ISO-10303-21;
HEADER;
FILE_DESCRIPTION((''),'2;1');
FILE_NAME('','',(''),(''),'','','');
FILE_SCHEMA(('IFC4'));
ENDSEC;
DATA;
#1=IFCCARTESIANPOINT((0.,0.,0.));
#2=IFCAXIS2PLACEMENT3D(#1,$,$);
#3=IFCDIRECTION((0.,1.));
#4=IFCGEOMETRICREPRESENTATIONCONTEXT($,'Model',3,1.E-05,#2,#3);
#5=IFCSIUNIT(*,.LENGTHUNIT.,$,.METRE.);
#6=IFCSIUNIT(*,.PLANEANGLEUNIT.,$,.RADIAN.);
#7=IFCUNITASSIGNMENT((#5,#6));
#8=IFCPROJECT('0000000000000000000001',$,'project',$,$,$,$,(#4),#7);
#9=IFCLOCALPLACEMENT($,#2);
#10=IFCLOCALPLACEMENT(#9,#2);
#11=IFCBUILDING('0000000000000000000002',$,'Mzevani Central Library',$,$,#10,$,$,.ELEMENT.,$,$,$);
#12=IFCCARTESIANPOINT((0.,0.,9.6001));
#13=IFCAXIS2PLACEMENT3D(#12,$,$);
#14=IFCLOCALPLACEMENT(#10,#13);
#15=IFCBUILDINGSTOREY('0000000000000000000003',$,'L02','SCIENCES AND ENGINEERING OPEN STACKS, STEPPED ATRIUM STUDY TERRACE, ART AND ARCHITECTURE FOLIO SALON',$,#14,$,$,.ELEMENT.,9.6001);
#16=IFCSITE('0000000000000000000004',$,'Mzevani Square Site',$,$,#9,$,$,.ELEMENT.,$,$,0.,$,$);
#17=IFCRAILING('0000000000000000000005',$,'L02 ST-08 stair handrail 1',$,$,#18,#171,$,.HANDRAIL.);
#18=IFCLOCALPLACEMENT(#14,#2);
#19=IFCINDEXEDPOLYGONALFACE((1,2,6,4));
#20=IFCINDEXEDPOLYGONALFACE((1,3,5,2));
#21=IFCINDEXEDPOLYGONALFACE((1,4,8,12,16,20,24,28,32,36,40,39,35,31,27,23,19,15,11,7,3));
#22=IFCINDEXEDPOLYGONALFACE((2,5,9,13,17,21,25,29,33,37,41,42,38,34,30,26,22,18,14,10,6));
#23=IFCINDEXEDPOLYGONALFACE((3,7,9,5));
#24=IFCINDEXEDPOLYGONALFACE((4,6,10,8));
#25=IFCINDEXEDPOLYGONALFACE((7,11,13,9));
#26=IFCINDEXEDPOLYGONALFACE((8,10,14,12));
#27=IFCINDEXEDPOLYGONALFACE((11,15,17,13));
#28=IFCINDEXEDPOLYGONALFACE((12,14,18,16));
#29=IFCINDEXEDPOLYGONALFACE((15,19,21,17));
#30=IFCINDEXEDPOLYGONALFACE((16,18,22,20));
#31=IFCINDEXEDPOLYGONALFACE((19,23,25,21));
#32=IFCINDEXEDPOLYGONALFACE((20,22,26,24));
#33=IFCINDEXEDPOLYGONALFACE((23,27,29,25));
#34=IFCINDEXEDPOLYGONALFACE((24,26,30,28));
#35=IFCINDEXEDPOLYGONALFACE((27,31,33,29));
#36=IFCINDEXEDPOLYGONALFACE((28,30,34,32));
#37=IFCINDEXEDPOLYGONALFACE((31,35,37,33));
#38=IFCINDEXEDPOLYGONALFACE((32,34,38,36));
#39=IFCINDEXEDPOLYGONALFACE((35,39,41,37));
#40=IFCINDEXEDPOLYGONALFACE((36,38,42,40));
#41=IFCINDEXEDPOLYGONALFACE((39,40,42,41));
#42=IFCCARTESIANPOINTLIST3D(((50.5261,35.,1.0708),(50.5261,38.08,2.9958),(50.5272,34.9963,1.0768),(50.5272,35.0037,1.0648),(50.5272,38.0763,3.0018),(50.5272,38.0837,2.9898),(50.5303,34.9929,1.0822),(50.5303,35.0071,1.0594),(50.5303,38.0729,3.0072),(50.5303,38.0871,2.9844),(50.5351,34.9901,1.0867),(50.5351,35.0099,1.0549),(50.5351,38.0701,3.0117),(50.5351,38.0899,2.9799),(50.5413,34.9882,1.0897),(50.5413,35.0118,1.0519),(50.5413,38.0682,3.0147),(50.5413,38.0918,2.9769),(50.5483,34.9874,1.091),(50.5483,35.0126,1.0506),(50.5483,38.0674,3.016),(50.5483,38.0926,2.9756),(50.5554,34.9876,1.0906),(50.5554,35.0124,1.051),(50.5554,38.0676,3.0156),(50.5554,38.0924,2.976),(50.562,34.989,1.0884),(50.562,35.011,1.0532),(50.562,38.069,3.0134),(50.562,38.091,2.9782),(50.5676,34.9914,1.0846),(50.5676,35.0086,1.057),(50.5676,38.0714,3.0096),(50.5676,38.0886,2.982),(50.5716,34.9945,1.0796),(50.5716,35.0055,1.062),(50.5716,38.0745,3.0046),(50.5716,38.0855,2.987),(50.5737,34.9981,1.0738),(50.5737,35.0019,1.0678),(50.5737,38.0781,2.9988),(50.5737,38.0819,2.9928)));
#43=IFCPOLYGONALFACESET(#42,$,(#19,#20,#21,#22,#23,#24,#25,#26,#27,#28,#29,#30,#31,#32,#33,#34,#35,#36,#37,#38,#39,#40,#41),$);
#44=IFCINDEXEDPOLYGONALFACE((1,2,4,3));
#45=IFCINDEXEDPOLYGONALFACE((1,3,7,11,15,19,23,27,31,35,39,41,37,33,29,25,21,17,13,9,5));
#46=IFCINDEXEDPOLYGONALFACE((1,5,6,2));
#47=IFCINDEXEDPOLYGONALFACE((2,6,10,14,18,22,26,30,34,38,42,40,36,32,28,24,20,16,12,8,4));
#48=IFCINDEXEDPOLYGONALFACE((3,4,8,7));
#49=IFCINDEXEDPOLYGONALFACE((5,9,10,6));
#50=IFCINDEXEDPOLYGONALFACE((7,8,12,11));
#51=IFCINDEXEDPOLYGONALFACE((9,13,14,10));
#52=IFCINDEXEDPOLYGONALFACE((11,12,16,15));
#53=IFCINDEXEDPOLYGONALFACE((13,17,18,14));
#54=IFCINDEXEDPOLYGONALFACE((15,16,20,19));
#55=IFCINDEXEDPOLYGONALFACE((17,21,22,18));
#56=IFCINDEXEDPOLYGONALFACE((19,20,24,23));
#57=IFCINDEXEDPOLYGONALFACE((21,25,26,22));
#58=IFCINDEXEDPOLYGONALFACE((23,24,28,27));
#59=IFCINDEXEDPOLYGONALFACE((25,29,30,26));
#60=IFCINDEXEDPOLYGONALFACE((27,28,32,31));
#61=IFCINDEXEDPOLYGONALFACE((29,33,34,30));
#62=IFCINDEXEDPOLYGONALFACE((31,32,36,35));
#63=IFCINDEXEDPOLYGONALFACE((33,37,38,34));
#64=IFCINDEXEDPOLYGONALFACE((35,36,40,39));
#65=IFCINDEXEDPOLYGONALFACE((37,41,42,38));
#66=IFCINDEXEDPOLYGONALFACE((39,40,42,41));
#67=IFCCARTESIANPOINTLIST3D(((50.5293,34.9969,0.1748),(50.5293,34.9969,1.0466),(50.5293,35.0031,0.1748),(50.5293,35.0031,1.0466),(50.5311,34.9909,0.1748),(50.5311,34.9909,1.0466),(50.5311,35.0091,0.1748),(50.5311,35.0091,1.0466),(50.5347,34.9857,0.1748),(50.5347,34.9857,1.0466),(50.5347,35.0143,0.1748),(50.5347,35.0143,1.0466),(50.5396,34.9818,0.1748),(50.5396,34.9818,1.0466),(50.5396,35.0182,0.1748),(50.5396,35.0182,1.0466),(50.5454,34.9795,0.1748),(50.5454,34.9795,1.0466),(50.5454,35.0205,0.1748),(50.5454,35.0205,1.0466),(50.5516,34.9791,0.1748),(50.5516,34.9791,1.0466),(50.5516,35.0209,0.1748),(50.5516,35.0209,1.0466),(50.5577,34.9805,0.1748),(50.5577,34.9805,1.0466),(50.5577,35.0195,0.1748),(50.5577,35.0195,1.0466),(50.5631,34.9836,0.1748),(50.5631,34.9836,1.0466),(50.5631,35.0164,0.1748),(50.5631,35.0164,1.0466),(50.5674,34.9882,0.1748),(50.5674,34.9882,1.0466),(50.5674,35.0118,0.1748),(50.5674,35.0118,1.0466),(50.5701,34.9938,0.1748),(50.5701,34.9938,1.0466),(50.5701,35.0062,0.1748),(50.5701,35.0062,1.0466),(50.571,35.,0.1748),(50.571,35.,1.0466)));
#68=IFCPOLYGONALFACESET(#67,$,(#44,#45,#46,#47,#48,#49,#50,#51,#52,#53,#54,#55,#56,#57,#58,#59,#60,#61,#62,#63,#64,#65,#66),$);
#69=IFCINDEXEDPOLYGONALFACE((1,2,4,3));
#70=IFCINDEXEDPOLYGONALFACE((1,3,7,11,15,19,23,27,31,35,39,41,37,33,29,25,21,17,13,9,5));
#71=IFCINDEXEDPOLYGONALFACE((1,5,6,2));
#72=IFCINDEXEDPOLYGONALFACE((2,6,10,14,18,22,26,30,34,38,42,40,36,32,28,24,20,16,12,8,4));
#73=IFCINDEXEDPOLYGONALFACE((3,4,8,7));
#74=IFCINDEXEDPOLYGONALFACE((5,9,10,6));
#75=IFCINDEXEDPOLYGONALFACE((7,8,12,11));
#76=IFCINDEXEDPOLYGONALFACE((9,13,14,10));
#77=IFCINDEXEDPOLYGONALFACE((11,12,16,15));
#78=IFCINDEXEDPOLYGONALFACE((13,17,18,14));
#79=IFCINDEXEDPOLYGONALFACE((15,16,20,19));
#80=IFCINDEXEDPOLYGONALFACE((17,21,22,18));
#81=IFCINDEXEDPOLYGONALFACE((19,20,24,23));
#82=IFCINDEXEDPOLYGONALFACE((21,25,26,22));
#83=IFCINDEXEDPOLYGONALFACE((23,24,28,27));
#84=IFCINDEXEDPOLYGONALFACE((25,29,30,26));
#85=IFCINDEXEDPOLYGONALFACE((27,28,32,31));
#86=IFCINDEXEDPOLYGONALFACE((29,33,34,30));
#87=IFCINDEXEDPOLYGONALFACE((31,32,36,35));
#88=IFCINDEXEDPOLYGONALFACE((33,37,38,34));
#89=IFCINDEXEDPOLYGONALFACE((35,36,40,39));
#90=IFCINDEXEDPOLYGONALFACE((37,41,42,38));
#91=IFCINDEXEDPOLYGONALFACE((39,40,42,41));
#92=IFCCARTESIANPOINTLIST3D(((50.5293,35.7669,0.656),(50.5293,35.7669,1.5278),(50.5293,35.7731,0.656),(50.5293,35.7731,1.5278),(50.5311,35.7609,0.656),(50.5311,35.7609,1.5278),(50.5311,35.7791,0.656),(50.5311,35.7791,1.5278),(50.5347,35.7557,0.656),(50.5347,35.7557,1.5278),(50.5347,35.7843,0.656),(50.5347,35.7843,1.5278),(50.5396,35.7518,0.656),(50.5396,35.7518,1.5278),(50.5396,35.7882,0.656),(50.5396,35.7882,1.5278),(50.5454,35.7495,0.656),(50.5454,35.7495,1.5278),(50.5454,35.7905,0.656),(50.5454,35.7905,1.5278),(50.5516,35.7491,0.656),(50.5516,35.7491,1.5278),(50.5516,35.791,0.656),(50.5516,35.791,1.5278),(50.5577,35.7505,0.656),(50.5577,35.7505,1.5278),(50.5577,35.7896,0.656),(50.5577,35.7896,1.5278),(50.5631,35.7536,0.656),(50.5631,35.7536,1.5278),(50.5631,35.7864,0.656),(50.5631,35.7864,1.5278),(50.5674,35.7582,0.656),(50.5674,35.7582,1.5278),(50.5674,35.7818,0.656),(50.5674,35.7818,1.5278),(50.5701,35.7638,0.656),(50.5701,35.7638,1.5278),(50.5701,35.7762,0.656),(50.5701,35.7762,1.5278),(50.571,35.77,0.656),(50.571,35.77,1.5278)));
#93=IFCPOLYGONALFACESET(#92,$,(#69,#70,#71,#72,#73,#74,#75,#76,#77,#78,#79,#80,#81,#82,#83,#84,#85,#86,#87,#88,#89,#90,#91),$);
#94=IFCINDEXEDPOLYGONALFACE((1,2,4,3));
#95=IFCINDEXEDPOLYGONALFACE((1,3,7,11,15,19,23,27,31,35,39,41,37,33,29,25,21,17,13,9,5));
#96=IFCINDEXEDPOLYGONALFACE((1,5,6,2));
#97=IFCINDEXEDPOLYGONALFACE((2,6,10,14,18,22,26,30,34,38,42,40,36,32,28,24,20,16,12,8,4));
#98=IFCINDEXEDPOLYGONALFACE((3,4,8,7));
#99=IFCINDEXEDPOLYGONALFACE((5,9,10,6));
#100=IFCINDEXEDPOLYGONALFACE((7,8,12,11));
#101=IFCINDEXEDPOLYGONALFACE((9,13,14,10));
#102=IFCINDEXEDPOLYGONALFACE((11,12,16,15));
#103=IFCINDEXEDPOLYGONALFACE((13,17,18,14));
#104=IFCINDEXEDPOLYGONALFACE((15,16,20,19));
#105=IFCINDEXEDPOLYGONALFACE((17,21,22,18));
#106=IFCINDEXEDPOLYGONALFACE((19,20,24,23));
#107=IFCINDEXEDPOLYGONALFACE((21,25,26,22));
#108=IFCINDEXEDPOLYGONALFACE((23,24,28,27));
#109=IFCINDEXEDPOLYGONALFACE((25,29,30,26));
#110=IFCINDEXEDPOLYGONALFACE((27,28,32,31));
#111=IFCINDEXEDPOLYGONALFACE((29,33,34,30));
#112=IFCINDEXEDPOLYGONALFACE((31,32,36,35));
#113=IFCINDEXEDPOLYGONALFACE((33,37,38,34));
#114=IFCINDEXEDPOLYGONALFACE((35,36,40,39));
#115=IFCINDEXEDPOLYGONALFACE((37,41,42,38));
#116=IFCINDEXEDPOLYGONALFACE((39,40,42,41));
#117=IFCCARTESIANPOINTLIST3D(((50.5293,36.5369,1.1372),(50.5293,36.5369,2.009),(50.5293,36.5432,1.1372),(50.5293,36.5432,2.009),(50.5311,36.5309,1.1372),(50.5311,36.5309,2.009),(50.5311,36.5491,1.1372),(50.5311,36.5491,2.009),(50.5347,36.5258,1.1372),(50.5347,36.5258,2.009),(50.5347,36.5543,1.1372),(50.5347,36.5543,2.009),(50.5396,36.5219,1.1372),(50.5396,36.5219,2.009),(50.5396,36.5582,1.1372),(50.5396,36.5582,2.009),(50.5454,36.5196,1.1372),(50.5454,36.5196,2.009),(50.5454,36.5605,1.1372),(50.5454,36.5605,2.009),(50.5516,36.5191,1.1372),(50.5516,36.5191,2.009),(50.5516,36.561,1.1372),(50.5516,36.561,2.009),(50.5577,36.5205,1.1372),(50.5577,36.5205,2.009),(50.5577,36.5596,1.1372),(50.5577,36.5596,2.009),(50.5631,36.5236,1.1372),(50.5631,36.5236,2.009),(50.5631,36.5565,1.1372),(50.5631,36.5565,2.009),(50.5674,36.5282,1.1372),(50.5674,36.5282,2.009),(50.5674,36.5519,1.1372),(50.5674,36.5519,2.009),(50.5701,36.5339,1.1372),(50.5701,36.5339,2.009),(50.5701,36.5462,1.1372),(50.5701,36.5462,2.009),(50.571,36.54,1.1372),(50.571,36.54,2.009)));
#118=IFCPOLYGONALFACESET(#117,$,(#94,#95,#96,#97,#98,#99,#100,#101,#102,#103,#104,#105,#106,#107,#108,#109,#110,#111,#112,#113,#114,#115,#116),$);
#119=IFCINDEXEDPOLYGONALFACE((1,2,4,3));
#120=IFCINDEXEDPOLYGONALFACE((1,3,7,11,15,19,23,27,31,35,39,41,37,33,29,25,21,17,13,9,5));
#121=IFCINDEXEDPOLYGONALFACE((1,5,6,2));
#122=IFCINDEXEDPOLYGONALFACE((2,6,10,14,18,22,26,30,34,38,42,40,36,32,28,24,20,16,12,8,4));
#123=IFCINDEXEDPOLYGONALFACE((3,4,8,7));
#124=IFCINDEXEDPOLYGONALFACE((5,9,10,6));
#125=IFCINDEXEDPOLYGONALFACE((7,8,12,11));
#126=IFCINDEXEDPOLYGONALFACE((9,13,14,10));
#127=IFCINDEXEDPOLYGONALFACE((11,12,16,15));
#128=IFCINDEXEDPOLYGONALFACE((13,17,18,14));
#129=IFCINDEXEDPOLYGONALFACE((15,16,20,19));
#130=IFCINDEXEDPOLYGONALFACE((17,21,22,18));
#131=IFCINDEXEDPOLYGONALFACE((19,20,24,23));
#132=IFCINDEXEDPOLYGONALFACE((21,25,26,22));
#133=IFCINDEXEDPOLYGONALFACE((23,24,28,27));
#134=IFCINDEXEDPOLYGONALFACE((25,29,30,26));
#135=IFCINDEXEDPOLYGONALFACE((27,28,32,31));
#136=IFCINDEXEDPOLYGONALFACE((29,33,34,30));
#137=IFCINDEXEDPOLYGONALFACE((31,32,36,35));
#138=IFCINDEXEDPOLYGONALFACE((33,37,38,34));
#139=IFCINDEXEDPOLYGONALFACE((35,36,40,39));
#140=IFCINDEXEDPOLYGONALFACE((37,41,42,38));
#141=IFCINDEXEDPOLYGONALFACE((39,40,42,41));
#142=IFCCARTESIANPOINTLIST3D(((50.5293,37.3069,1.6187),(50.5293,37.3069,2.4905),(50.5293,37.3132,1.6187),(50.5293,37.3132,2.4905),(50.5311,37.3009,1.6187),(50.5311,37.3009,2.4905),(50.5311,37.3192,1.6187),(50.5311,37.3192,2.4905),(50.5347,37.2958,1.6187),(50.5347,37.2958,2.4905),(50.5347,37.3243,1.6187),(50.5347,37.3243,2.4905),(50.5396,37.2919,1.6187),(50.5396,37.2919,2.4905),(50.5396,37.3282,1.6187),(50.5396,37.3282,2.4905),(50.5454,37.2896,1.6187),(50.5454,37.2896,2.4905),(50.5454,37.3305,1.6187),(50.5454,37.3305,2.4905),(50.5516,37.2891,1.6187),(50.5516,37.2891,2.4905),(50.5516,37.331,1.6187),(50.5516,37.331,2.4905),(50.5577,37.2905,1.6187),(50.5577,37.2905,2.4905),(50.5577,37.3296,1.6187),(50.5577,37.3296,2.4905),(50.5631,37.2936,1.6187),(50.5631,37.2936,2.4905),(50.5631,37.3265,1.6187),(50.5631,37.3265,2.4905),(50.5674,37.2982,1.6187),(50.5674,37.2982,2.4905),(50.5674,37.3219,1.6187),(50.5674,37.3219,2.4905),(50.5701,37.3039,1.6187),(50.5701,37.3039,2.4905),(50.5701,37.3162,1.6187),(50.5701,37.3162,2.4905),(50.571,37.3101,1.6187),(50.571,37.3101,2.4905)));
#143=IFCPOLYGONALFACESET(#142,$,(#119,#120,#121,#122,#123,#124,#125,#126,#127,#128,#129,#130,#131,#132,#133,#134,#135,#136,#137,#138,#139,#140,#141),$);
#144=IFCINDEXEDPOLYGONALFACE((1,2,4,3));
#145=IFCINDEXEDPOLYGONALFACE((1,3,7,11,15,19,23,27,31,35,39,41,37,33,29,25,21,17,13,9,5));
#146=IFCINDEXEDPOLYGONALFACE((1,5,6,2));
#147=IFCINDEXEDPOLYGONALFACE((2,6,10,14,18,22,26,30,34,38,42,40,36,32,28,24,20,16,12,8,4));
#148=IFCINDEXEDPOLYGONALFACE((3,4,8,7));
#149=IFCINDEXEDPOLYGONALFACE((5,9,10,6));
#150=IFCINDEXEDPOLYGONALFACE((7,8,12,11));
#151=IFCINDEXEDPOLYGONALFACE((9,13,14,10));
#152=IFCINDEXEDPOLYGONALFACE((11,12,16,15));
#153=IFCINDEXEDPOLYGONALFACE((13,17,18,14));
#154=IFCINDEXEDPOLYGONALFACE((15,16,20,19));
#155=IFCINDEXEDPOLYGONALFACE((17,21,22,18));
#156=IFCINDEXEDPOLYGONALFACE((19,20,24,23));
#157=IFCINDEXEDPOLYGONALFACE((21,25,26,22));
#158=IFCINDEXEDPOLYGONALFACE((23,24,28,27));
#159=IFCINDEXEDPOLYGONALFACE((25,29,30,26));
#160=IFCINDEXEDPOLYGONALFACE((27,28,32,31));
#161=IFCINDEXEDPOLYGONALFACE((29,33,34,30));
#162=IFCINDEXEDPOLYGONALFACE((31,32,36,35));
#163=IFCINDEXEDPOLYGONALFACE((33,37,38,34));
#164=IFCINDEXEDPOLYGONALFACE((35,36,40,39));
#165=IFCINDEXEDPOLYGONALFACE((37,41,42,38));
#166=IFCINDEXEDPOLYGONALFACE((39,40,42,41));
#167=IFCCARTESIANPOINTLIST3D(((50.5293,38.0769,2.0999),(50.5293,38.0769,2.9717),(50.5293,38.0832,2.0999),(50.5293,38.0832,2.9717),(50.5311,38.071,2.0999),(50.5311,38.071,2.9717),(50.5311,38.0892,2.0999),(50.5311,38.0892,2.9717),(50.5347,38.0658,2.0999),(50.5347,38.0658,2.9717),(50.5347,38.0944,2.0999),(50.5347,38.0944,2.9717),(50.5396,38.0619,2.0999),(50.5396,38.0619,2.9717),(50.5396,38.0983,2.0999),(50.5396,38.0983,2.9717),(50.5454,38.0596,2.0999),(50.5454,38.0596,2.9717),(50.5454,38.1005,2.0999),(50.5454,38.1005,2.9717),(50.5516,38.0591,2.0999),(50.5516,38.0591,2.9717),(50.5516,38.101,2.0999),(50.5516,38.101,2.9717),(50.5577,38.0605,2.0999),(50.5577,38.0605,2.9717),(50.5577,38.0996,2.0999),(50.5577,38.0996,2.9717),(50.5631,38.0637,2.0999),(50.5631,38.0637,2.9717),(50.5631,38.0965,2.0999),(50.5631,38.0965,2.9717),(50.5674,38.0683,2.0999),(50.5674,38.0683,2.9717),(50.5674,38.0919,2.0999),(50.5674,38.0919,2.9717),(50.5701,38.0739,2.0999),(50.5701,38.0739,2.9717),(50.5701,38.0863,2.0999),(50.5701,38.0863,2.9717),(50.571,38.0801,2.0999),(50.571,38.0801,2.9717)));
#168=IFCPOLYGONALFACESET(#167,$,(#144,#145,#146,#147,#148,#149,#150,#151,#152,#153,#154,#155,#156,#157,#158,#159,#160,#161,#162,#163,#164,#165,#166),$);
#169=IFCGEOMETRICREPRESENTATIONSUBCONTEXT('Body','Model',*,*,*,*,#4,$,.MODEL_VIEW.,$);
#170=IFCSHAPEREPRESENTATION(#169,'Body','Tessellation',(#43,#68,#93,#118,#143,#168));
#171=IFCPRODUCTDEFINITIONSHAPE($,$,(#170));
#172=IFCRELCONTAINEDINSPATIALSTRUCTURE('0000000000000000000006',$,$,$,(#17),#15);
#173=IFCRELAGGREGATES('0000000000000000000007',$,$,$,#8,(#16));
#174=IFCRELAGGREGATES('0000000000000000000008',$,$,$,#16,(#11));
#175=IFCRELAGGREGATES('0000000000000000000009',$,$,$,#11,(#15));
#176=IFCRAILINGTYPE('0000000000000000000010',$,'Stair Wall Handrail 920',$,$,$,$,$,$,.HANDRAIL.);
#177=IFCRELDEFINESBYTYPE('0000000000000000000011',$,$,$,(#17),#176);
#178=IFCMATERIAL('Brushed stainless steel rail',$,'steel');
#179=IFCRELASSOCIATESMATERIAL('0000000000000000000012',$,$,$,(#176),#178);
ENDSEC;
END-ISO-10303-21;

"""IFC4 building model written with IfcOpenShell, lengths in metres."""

from ifc_helpers import new_model, si_unit, direction, frame, origin, origin_2d, place, context, subcontext, project, spatial, circle, extrude, material, type_object, element, save


model = new_model("IFC4")

# Units and contexts
model_context = context("Model", 3, precision=1e-05, world=origin(), true_north=direction((0.0, 1.0)))
body_context = subcontext(model_context, "Body", "Model", "MODEL_VIEW")
ifc_project = project(units=[si_unit("LENGTHUNIT", "METRE"), si_unit("PLANEANGLEUNIT", "RADIAN")], contexts=[model_context])

# Site, building, storey
site_placement = place(None, origin())
site = spatial("IfcSite", under=ifc_project, at=site_placement, Name="Mzevani Square Site", CompositionType="ELEMENT", RefElevation=0.0)
building_placement = place(site_placement, origin())
building = spatial("IfcBuilding", under=site, at=building_placement, Name="Mzevani Central Library", CompositionType="ELEMENT")
storey_placement = place(building_placement, frame((0.0, 0.0, 9.6001)))
storey = spatial("IfcBuildingStorey", under=building, at=storey_placement, Name="L02", Description="SCIENCES AND ENGINEERING OPEN STACKS, STEPPED ATRIUM STUDY TERRACE, ART AND ARCHITECTURE FOLIO SALON", CompositionType="ELEMENT", Elevation=9.6001)

# Railing
ifc_material_1 = material(Name="Brushed stainless steel rail", Category="steel")
railing_type_1 = type_object("IfcRailingType", Name="Stair Wall Handrail 920", PredefinedType="HANDRAIL", material=ifc_material_1)
railing_1_placement = place(storey_placement, frame((50.55, 35.0, 0.1748)))
element("IfcRailing", 1, at=railing_1_placement, inside=storey, type_object=railing_type_1, Name="L02 ST-08 stair handrail 1", PredefinedType="HANDRAIL", context=body_context, shape_type="SweptSolid", body=[
    extrude(circle(Radius=0.0239, at=origin_2d()), frame((0.0, 0.0, 0.896), z_axis=(0.0, 0.847998, 0.529999), x_axis=(-1.0, 0.0, 0.0)), (0.0, 0.0, 1.0), 3.6321),
    extrude(circle(Radius=0.021, at=origin_2d()), origin(), (0.0, 0.0, 1.0), 0.8718),
    extrude(circle(Radius=0.021, at=origin_2d()), frame((0.0, 0.77, 0.4812)), (0.0, 0.0, 1.0), 0.8718),
    extrude(circle(Radius=0.021, at=origin_2d()), frame((0.0, 1.54, 0.9624)), (0.0, 0.0, 1.0), 0.8718),
    extrude(circle(Radius=0.021, at=origin_2d()), frame((0.0, 2.3101, 1.4438)), (0.0, 0.0, 1.0), 0.8718),
    extrude(circle(Radius=0.021, at=origin_2d()), frame((0.0, 3.0801, 1.925)), (0.0, 0.0, 1.0), 0.8718),
])

save(model, "model.ifc")
